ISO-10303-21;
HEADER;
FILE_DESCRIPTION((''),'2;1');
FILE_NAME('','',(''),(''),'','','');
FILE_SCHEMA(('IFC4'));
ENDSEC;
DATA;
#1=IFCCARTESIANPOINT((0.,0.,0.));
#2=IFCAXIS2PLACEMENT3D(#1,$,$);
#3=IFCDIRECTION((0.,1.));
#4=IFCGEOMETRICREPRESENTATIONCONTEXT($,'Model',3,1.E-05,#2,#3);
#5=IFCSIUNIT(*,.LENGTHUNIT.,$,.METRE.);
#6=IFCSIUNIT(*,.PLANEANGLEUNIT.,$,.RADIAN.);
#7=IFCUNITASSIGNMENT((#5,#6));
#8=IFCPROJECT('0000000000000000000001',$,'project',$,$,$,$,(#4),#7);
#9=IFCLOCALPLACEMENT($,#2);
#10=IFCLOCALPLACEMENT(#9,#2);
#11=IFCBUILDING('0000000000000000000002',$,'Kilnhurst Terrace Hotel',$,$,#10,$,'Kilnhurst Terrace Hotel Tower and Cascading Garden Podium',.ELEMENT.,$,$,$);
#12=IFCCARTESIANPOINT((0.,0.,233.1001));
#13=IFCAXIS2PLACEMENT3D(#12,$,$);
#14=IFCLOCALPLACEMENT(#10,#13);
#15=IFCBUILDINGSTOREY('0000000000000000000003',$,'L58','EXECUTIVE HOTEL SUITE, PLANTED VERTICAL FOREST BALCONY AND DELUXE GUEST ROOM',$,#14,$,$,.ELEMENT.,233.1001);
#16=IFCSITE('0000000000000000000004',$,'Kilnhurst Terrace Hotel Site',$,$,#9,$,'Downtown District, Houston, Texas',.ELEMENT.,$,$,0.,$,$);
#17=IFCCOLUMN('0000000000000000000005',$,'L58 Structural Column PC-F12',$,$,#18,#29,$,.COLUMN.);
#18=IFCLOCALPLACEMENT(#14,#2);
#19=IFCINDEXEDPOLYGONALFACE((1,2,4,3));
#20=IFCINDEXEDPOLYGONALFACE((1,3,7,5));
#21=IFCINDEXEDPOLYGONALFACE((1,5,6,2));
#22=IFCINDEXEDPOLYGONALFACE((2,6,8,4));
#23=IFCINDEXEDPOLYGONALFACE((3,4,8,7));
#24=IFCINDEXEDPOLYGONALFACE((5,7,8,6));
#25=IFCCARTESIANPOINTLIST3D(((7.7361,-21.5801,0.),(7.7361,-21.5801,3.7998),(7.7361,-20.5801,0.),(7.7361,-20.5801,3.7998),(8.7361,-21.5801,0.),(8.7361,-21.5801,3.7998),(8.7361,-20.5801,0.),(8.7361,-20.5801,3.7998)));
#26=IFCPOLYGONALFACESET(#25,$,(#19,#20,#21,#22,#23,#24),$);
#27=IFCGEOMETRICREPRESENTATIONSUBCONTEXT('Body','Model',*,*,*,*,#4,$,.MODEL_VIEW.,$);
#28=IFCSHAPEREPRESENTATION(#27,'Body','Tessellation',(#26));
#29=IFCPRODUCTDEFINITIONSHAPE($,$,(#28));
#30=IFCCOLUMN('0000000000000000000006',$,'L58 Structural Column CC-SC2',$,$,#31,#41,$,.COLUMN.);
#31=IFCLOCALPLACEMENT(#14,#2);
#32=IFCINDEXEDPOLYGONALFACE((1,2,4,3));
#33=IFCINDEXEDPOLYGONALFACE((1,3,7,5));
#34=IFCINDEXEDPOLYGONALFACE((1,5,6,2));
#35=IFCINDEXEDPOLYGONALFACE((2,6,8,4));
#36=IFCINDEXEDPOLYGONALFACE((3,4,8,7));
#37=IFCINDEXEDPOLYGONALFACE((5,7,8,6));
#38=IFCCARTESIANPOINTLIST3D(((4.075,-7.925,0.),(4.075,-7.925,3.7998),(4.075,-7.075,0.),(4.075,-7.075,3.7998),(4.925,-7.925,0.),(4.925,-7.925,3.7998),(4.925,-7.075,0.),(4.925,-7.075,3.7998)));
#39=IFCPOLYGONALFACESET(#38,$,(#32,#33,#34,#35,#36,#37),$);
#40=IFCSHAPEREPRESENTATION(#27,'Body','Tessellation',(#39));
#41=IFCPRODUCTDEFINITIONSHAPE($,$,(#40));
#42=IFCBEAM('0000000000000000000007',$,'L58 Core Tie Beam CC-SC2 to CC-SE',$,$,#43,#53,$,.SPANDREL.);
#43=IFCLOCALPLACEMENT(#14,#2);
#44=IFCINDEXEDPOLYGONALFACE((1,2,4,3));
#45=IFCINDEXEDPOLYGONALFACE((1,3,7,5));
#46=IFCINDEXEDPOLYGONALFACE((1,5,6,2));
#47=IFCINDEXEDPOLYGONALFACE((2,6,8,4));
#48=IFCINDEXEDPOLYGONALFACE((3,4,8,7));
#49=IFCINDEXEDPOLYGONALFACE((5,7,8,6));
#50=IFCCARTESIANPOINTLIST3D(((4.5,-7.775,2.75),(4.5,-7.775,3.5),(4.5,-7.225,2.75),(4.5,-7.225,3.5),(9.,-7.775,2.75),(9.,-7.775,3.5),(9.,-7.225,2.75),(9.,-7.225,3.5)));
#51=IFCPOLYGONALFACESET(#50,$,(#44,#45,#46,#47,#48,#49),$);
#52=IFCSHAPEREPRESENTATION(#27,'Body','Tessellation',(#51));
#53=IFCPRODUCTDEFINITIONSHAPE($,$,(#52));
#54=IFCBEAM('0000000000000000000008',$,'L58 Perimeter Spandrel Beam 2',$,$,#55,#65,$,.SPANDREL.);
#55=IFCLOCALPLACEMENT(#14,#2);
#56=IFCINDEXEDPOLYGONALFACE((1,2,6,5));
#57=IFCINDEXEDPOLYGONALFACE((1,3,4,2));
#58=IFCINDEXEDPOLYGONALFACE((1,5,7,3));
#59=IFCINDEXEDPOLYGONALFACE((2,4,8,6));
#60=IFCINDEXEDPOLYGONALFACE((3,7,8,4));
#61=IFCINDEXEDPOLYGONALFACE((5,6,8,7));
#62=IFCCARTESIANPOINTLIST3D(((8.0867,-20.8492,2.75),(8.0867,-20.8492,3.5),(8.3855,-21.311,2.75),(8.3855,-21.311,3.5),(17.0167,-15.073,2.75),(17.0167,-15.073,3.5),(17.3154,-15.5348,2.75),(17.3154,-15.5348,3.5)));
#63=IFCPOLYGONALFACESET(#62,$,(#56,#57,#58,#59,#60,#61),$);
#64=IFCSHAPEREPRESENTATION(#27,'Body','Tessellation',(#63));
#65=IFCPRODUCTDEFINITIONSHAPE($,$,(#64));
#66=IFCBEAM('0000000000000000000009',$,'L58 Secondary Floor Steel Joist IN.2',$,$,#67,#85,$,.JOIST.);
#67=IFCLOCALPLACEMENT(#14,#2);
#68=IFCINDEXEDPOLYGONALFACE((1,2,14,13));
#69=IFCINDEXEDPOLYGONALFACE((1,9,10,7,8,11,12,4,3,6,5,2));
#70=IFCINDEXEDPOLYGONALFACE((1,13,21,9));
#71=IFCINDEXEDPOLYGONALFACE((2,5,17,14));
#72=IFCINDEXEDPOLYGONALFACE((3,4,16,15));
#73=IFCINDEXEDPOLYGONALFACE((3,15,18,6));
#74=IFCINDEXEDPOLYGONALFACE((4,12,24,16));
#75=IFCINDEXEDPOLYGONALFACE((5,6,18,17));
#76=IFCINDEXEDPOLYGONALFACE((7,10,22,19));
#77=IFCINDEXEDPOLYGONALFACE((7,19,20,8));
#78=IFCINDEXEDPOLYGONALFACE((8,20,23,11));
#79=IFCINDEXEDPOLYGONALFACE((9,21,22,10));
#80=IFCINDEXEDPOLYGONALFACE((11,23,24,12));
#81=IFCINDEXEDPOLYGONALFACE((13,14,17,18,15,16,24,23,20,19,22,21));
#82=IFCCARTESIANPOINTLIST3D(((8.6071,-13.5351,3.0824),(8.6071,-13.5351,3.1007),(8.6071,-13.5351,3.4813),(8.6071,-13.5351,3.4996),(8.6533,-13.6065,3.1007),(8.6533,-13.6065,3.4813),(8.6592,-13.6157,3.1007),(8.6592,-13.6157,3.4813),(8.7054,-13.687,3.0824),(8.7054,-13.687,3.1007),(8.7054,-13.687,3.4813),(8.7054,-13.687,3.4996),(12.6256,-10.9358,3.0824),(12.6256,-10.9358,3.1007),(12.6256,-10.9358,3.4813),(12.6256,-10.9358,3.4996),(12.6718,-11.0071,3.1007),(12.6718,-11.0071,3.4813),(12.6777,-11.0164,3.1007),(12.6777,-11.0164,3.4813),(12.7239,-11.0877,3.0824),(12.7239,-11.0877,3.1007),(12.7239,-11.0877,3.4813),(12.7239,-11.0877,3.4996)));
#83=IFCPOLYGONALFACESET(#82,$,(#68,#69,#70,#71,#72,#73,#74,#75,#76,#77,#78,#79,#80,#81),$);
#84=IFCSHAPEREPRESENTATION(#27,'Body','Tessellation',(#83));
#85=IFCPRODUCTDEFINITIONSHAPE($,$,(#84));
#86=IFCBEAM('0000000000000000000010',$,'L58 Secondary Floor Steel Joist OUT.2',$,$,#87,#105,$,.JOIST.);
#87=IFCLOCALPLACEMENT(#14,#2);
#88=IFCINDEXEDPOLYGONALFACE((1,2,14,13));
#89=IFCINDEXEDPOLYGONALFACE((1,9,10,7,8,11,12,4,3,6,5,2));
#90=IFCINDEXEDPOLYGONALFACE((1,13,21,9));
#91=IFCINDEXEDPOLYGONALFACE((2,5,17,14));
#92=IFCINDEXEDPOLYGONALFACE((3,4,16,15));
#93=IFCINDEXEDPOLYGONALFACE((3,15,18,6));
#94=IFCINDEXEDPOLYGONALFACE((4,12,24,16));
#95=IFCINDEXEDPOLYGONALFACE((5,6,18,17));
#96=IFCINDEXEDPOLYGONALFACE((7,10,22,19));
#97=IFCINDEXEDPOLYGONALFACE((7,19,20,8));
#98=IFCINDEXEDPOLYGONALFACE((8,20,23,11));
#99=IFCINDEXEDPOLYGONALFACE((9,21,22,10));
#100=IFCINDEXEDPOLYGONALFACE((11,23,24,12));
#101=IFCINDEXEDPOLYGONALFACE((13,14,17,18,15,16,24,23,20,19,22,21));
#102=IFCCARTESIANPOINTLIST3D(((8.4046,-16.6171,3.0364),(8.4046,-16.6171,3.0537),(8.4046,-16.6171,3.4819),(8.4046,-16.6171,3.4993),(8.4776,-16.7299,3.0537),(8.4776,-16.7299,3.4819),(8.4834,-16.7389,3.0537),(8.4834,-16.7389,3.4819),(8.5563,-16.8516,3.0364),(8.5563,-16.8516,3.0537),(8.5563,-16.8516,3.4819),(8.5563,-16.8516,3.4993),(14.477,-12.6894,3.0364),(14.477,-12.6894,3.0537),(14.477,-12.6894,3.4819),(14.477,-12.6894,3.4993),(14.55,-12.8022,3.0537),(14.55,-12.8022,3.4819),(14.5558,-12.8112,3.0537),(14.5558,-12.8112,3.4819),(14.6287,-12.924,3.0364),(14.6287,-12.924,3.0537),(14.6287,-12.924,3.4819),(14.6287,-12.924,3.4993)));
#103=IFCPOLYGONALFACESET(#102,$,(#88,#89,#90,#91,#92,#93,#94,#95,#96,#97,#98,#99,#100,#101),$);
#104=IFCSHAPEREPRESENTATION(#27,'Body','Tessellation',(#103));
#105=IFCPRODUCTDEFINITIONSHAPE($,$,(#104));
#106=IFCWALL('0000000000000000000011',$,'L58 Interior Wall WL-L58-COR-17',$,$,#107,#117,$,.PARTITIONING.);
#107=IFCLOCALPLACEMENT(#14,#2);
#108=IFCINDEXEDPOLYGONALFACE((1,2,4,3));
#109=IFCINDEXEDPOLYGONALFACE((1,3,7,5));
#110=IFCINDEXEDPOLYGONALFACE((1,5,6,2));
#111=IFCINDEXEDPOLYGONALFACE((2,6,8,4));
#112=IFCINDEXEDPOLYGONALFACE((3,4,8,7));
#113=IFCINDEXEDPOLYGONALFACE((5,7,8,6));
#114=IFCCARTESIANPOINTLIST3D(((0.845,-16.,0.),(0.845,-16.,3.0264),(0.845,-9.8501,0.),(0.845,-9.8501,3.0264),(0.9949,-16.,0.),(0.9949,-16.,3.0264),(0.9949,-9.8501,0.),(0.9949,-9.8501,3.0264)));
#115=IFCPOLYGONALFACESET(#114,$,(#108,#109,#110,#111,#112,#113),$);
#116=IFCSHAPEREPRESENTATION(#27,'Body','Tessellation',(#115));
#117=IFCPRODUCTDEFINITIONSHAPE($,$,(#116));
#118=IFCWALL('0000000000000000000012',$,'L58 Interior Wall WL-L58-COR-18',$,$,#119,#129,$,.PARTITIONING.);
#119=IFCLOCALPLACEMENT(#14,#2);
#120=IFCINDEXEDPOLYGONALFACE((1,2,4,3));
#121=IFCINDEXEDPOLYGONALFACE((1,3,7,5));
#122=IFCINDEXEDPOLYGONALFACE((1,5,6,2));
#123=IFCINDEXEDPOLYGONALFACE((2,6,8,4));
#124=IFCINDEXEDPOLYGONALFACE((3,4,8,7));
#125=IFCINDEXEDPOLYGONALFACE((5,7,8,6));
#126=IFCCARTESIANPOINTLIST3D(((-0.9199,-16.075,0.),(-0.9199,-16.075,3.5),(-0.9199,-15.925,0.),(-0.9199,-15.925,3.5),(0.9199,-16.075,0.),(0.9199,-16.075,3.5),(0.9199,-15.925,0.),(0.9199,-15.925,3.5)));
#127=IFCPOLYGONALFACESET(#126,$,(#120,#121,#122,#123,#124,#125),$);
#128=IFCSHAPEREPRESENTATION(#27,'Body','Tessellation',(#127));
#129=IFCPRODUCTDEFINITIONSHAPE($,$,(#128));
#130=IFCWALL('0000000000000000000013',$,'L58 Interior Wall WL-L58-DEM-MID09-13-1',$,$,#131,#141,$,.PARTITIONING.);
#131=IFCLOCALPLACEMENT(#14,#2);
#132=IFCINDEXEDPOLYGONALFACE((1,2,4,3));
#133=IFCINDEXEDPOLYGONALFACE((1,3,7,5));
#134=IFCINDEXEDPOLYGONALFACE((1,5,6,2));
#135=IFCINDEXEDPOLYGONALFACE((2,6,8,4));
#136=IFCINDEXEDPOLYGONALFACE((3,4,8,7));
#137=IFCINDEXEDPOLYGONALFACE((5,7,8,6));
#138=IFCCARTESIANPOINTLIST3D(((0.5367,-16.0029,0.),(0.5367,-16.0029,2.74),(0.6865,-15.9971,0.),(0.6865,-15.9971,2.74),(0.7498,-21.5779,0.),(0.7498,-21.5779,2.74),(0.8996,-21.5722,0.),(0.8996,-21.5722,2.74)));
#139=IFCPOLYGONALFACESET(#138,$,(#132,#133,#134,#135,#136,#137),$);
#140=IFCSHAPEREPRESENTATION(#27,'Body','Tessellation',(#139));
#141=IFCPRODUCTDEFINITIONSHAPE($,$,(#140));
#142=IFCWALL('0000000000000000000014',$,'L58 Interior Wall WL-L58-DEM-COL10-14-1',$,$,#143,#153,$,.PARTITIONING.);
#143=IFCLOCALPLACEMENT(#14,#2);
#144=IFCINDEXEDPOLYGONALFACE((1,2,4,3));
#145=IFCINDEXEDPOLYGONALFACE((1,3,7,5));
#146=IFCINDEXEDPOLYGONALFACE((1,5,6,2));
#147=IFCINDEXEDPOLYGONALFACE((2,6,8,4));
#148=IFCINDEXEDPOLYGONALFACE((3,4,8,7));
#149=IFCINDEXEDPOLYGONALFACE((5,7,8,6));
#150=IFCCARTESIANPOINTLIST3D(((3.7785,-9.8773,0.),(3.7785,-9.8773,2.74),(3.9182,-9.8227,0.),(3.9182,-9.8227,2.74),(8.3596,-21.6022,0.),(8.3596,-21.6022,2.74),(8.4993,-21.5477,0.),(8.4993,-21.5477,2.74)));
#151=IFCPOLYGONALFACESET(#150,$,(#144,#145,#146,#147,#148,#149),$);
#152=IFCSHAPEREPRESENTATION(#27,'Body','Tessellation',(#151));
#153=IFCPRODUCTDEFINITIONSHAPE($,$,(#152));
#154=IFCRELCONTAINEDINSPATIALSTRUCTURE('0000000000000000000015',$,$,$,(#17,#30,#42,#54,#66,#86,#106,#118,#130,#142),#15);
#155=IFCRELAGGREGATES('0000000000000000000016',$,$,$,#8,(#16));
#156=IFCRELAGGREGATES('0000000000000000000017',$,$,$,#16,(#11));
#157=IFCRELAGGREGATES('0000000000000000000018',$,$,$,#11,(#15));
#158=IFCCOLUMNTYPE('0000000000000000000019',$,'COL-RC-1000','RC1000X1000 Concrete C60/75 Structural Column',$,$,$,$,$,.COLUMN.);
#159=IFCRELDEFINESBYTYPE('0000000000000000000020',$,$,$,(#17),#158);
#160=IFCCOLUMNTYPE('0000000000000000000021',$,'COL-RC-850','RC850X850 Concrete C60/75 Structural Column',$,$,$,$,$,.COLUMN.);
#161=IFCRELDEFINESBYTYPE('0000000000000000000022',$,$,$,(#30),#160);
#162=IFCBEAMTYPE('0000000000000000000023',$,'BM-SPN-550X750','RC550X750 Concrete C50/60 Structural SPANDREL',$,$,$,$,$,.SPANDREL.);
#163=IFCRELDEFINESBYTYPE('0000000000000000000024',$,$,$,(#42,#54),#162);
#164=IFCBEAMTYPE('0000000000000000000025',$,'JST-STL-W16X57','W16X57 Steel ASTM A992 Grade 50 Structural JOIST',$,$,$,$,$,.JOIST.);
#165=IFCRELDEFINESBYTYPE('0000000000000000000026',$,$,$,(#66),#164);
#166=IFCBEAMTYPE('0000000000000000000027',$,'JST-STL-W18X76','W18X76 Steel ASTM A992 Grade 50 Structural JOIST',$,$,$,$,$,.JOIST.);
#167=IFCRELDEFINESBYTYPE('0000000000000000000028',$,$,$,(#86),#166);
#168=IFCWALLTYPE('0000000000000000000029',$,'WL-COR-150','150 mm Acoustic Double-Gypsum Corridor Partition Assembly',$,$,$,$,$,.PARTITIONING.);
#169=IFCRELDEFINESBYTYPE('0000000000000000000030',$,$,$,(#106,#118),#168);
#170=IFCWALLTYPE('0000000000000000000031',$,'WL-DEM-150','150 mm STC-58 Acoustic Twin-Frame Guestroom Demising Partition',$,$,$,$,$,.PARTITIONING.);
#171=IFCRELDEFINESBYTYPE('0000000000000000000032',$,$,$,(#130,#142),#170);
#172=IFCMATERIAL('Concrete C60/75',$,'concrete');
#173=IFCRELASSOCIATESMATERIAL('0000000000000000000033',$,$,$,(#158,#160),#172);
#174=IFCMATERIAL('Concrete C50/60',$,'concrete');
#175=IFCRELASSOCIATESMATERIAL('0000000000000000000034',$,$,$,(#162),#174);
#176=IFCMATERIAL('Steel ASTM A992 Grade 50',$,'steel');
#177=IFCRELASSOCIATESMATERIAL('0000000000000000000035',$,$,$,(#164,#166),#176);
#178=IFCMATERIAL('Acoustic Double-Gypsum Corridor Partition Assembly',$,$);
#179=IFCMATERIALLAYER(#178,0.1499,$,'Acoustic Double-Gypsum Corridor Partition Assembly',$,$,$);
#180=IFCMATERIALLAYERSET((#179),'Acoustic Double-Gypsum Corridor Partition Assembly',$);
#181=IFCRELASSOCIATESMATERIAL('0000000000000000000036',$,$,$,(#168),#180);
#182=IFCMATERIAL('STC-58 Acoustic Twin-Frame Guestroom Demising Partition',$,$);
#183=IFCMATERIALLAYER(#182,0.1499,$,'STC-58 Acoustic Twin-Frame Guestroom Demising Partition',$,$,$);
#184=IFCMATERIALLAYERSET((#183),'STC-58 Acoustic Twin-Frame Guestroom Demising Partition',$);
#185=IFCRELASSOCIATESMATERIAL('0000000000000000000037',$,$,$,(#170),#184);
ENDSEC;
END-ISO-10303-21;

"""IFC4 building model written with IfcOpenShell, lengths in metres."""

from ifc_helpers import new_model, si_unit, direction, frame, frame_2d, origin, origin_2d, place, context, subcontext, project, spatial, rectangle, i_section, extrude, material, layer, layer_set, material_profile, profile_set, type_object, element, save


model = new_model("IFC4")

# Units and contexts
model_context = context("Model", 3, precision=1e-05, world=origin(), true_north=direction((0.0, 1.0)))
body_context = subcontext(model_context, "Body", "Model", "MODEL_VIEW")
ifc_project = project(units=[si_unit("LENGTHUNIT", "METRE"), si_unit("PLANEANGLEUNIT", "RADIAN")], contexts=[model_context])

# Site, building, storey
site_placement = place(None, origin())
site = spatial("IfcSite", under=ifc_project, at=site_placement, Name="Kilnhurst Terrace Hotel Site", LongName="Downtown District, Houston, Texas", CompositionType="ELEMENT", RefElevation=0.0)
building_placement = place(site_placement, origin())
building = spatial("IfcBuilding", under=site, at=building_placement, Name="Kilnhurst Terrace Hotel", LongName="Kilnhurst Terrace Hotel Tower and Cascading Garden Podium", CompositionType="ELEMENT")
storey_placement = place(building_placement, frame((0.0, 0.0, 233.1001)))
storey = spatial("IfcBuildingStorey", under=building, at=storey_placement, Name="L58", Description="EXECUTIVE HOTEL SUITE, PLANTED VERTICAL FOREST BALCONY AND DELUXE GUEST ROOM", CompositionType="ELEMENT", Elevation=233.1001)

# Columns
ifc_material_1 = material(Name="Concrete C60/75", Category="concrete")
ifc_material_profile_1 = material_profile(ifc_material_1, rectangle(XDim=1.0, YDim=1.0, at=origin_2d()), Name="RC1000X1000")
ifc_profile_set_1 = profile_set([ifc_material_profile_1], Name="Concrete C60/75")
column_type_1 = type_object("IfcColumnType", Name="COL-RC-1000", Description="RC1000X1000 Concrete C60/75 Structural Column", PredefinedType="COLUMN", material=ifc_profile_set_1)
column_1_placement = place(storey_placement, frame((8.2361, -21.0801, 0.0), z_axis=(0.0, 0.0, 1.0), x_axis=(1.0, 0.0, 0.0)))
element("IfcColumn", 1, at=column_1_placement, inside=storey, type_object=column_type_1, Name="L58 Structural Column PC-F12", PredefinedType="COLUMN", context=body_context, shape_type="SweptSolid", body=[
    extrude(rectangle(XDim=1.0, YDim=1.0, at=origin_2d()), origin(), (0.0, 0.0, 1.0), 3.7998),
])
ifc_material_profile_2 = material_profile(ifc_material_1, rectangle(XDim=0.8501, YDim=0.8501, at=origin_2d()), Name="RC850X850")
ifc_profile_set_2 = profile_set([ifc_material_profile_2], Name="Concrete C60/75")
column_type_2 = type_object("IfcColumnType", Name="COL-RC-850", Description="RC850X850 Concrete C60/75 Structural Column", PredefinedType="COLUMN", material=ifc_profile_set_2)
column_2_placement = place(storey_placement, frame((4.5, -7.5, 0.0), z_axis=(0.0, 0.0, 1.0), x_axis=(1.0, 0.0, 0.0)))
element("IfcColumn", 2, at=column_2_placement, inside=storey, type_object=column_type_2, Name="L58 Structural Column CC-SC2", PredefinedType="COLUMN", context=body_context, shape_type="SweptSolid", body=[
    extrude(rectangle(XDim=0.8501, YDim=0.8501, at=origin_2d()), origin(), (0.0, 0.0, 1.0), 3.7998),
])

# Beams
ifc_material_2 = material(Name="Concrete C50/60", Category="concrete")
ifc_material_profile_3 = material_profile(ifc_material_2, rectangle(XDim=0.55, YDim=0.75, at=origin_2d()), Name="RC550X750")
ifc_profile_set_3 = profile_set([ifc_material_profile_3], Name="Concrete C50/60")
beam_type_1 = type_object("IfcBeamType", Name="BM-SPN-550X750", Description="RC550X750 Concrete C50/60 Structural SPANDREL", PredefinedType="SPANDREL", material=ifc_profile_set_3)
beam_1_placement = place(storey_placement, frame((4.5, -7.5, 3.125), z_axis=(1.0, 0.0, 0.0), x_axis=(0.0, 1.0, 0.0)))
element("IfcBeam", 3, at=beam_1_placement, inside=storey, type_object=beam_type_1, Name="L58 Core Tie Beam CC-SC2 to CC-SE", PredefinedType="SPANDREL", context=body_context, shape_type="SweptSolid", body=[
    extrude(rectangle(XDim=0.55, YDim=0.75, at=origin_2d()), origin(), (0.0, 0.0, 1.0), 4.5),
])
beam_2_placement = place(storey_placement, frame((8.2361, -21.0801, 3.125), z_axis=(0.839659, 0.543114, 0.0), x_axis=(-0.543114, 0.839659, 0.0)))
element("IfcBeam", 4, at=beam_2_placement, inside=storey, type_object=beam_type_1, Name="L58 Perimeter Spandrel Beam 2", PredefinedType="SPANDREL", context=body_context, shape_type="SweptSolid", body=[
    extrude(rectangle(XDim=0.55, YDim=0.75, at=origin_2d()), origin(), (0.0, 0.0, 1.0), 10.6353),
])
ifc_material_3 = material(Name="Steel ASTM A992 Grade 50", Category="steel")
ifc_material_profile_4 = material_profile(ifc_material_3, i_section(OverallWidth=0.1809, OverallDepth=0.4172, WebThickness=0.011, FlangeThickness=0.0183, at=origin_2d()), Name="W16X57")
ifc_profile_set_4 = profile_set([ifc_material_profile_4], Name="Steel ASTM A992 Grade 50")
beam_type_2 = type_object("IfcBeamType", Name="JST-STL-W16X57", Description="W16X57 Steel ASTM A992 Grade 50 Structural JOIST", PredefinedType="JOIST", material=ifc_profile_set_4)
beam_3_placement = place(storey_placement, frame((8.6562, -13.6111, 3.291), z_axis=(0.839654, 0.543122, 0.0), x_axis=(-0.543122, 0.839654, 0.0)))
element("IfcBeam", 5, at=beam_3_placement, inside=storey, type_object=beam_type_2, Name="L58 Secondary Floor Steel Joist IN.2", PredefinedType="JOIST", context=body_context, shape_type="SweptSolid", body=[
    extrude(i_section(OverallWidth=0.1809, OverallDepth=0.4172, WebThickness=0.011, FlangeThickness=0.0183, at=origin_2d()), origin(), (0.0, 0.0, 1.0), 4.7859),
])
ifc_material_profile_5 = material_profile(ifc_material_3, i_section(OverallWidth=0.2793, OverallDepth=0.4629, WebThickness=0.0107, FlangeThickness=0.0173, at=origin_2d()), Name="W18X76")
ifc_profile_set_5 = profile_set([ifc_material_profile_5], Name="Steel ASTM A992 Grade 50")
beam_type_3 = type_object("IfcBeamType", Name="JST-STL-W18X76", Description="W18X76 Steel ASTM A992 Grade 50 Structural JOIST", PredefinedType="JOIST", material=ifc_profile_set_5)
beam_4_placement = place(storey_placement, frame((8.4805, -16.7344, 3.2678), z_axis=(0.839667, 0.543101, 0.0), x_axis=(-0.543101, 0.839667, 0.0)))
element("IfcBeam", 6, at=beam_4_placement, inside=storey, type_object=beam_type_3, Name="L58 Secondary Floor Steel Joist OUT.2", PredefinedType="JOIST", context=body_context, shape_type="SweptSolid", body=[
    extrude(i_section(OverallWidth=0.2793, OverallDepth=0.4629, WebThickness=0.0107, FlangeThickness=0.0173, at=origin_2d()), origin(), (0.0, 0.0, 1.0), 7.2319),
])

# Walls
ifc_material_4 = material(Name="Acoustic Double-Gypsum Corridor Partition Assembly")
ifc_layer_1 = layer(ifc_material_4, 0.1499, Name="Acoustic Double-Gypsum Corridor Partition Assembly")
ifc_layer_set_1 = layer_set([ifc_layer_1], Name="Acoustic Double-Gypsum Corridor Partition Assembly")
wall_type_1 = type_object("IfcWallType", Name="WL-COR-150", Description="150 mm Acoustic Double-Gypsum Corridor Partition Assembly", PredefinedType="PARTITIONING", material=ifc_layer_set_1)
wall_1_placement = place(storey_placement, frame((0.9199, -9.8501, 0.0), z_axis=(0.0, 0.0, 1.0), x_axis=(0.0, -1.0, 0.0)))
element("IfcWall", 7, at=wall_1_placement, inside=storey, type_object=wall_type_1, Name="L58 Interior Wall WL-L58-COR-17", PredefinedType="PARTITIONING", context=body_context, shape_type="SweptSolid", body=[
    extrude(rectangle(XDim=6.1499, YDim=0.1499, at=frame_2d((3.075, 0.0))), origin(), (0.0, 0.0, 1.0), 3.0264),
])
wall_2_placement = place(storey_placement, frame((0.9199, -16.0, 0.0), z_axis=(0.0, 0.0, 1.0), x_axis=(-1.0, 0.0, 0.0)))
element("IfcWall", 8, at=wall_2_placement, inside=storey, type_object=wall_type_1, Name="L58 Interior Wall WL-L58-COR-18", PredefinedType="PARTITIONING", context=body_context, shape_type="SweptSolid", body=[
    extrude(rectangle(XDim=1.8398, YDim=0.1499, at=frame_2d((0.9199, 0.0))), origin(), (0.0, 0.0, 1.0), 3.5),
])
ifc_material_5 = material(Name="STC-58 Acoustic Twin-Frame Guestroom Demising Partition")
ifc_layer_2 = layer(ifc_material_5, 0.1499, Name="STC-58 Acoustic Twin-Frame Guestroom Demising Partition")
ifc_layer_set_2 = layer_set([ifc_layer_2], Name="STC-58 Acoustic Twin-Frame Guestroom Demising Partition")
wall_type_2 = type_object("IfcWallType", Name="WL-DEM-150", Description="150 mm STC-58 Acoustic Twin-Frame Guestroom Demising Partition", PredefinedType="PARTITIONING", material=ifc_layer_set_2)
wall_3_placement = place(storey_placement, frame((0.6116, -16.0, 0.0), z_axis=(0.0, 0.0, 1.0), x_axis=(0.038203, -0.99927, 0.0)))
element("IfcWall", 9, at=wall_3_placement, inside=storey, type_object=wall_type_2, Name="L58 Interior Wall WL-L58-DEM-MID09-13-1", PredefinedType="PARTITIONING", context=body_context, shape_type="SweptSolid", body=[
    extrude(rectangle(XDim=5.5791, YDim=0.1499, at=frame_2d((2.7896, 0.0))), origin(), (0.0, 0.0, 1.0), 2.74),
])
wall_4_placement = place(storey_placement, frame((3.8484, -9.8501, 0.0), z_axis=(0.0, 0.0, 1.0), x_axis=(0.363922, -0.93143, 0.0)))
element("IfcWall", 10, at=wall_4_placement, inside=storey, type_object=wall_type_2, Name="L58 Interior Wall WL-L58-DEM-COL10-14-1", PredefinedType="PARTITIONING", context=body_context, shape_type="SweptSolid", body=[
    extrude(rectangle(XDim=12.5881, YDim=0.1499, at=frame_2d((6.2939, 0.0))), origin(), (0.0, 0.0, 1.0), 2.74),
])

save(model, "model.ifc")
